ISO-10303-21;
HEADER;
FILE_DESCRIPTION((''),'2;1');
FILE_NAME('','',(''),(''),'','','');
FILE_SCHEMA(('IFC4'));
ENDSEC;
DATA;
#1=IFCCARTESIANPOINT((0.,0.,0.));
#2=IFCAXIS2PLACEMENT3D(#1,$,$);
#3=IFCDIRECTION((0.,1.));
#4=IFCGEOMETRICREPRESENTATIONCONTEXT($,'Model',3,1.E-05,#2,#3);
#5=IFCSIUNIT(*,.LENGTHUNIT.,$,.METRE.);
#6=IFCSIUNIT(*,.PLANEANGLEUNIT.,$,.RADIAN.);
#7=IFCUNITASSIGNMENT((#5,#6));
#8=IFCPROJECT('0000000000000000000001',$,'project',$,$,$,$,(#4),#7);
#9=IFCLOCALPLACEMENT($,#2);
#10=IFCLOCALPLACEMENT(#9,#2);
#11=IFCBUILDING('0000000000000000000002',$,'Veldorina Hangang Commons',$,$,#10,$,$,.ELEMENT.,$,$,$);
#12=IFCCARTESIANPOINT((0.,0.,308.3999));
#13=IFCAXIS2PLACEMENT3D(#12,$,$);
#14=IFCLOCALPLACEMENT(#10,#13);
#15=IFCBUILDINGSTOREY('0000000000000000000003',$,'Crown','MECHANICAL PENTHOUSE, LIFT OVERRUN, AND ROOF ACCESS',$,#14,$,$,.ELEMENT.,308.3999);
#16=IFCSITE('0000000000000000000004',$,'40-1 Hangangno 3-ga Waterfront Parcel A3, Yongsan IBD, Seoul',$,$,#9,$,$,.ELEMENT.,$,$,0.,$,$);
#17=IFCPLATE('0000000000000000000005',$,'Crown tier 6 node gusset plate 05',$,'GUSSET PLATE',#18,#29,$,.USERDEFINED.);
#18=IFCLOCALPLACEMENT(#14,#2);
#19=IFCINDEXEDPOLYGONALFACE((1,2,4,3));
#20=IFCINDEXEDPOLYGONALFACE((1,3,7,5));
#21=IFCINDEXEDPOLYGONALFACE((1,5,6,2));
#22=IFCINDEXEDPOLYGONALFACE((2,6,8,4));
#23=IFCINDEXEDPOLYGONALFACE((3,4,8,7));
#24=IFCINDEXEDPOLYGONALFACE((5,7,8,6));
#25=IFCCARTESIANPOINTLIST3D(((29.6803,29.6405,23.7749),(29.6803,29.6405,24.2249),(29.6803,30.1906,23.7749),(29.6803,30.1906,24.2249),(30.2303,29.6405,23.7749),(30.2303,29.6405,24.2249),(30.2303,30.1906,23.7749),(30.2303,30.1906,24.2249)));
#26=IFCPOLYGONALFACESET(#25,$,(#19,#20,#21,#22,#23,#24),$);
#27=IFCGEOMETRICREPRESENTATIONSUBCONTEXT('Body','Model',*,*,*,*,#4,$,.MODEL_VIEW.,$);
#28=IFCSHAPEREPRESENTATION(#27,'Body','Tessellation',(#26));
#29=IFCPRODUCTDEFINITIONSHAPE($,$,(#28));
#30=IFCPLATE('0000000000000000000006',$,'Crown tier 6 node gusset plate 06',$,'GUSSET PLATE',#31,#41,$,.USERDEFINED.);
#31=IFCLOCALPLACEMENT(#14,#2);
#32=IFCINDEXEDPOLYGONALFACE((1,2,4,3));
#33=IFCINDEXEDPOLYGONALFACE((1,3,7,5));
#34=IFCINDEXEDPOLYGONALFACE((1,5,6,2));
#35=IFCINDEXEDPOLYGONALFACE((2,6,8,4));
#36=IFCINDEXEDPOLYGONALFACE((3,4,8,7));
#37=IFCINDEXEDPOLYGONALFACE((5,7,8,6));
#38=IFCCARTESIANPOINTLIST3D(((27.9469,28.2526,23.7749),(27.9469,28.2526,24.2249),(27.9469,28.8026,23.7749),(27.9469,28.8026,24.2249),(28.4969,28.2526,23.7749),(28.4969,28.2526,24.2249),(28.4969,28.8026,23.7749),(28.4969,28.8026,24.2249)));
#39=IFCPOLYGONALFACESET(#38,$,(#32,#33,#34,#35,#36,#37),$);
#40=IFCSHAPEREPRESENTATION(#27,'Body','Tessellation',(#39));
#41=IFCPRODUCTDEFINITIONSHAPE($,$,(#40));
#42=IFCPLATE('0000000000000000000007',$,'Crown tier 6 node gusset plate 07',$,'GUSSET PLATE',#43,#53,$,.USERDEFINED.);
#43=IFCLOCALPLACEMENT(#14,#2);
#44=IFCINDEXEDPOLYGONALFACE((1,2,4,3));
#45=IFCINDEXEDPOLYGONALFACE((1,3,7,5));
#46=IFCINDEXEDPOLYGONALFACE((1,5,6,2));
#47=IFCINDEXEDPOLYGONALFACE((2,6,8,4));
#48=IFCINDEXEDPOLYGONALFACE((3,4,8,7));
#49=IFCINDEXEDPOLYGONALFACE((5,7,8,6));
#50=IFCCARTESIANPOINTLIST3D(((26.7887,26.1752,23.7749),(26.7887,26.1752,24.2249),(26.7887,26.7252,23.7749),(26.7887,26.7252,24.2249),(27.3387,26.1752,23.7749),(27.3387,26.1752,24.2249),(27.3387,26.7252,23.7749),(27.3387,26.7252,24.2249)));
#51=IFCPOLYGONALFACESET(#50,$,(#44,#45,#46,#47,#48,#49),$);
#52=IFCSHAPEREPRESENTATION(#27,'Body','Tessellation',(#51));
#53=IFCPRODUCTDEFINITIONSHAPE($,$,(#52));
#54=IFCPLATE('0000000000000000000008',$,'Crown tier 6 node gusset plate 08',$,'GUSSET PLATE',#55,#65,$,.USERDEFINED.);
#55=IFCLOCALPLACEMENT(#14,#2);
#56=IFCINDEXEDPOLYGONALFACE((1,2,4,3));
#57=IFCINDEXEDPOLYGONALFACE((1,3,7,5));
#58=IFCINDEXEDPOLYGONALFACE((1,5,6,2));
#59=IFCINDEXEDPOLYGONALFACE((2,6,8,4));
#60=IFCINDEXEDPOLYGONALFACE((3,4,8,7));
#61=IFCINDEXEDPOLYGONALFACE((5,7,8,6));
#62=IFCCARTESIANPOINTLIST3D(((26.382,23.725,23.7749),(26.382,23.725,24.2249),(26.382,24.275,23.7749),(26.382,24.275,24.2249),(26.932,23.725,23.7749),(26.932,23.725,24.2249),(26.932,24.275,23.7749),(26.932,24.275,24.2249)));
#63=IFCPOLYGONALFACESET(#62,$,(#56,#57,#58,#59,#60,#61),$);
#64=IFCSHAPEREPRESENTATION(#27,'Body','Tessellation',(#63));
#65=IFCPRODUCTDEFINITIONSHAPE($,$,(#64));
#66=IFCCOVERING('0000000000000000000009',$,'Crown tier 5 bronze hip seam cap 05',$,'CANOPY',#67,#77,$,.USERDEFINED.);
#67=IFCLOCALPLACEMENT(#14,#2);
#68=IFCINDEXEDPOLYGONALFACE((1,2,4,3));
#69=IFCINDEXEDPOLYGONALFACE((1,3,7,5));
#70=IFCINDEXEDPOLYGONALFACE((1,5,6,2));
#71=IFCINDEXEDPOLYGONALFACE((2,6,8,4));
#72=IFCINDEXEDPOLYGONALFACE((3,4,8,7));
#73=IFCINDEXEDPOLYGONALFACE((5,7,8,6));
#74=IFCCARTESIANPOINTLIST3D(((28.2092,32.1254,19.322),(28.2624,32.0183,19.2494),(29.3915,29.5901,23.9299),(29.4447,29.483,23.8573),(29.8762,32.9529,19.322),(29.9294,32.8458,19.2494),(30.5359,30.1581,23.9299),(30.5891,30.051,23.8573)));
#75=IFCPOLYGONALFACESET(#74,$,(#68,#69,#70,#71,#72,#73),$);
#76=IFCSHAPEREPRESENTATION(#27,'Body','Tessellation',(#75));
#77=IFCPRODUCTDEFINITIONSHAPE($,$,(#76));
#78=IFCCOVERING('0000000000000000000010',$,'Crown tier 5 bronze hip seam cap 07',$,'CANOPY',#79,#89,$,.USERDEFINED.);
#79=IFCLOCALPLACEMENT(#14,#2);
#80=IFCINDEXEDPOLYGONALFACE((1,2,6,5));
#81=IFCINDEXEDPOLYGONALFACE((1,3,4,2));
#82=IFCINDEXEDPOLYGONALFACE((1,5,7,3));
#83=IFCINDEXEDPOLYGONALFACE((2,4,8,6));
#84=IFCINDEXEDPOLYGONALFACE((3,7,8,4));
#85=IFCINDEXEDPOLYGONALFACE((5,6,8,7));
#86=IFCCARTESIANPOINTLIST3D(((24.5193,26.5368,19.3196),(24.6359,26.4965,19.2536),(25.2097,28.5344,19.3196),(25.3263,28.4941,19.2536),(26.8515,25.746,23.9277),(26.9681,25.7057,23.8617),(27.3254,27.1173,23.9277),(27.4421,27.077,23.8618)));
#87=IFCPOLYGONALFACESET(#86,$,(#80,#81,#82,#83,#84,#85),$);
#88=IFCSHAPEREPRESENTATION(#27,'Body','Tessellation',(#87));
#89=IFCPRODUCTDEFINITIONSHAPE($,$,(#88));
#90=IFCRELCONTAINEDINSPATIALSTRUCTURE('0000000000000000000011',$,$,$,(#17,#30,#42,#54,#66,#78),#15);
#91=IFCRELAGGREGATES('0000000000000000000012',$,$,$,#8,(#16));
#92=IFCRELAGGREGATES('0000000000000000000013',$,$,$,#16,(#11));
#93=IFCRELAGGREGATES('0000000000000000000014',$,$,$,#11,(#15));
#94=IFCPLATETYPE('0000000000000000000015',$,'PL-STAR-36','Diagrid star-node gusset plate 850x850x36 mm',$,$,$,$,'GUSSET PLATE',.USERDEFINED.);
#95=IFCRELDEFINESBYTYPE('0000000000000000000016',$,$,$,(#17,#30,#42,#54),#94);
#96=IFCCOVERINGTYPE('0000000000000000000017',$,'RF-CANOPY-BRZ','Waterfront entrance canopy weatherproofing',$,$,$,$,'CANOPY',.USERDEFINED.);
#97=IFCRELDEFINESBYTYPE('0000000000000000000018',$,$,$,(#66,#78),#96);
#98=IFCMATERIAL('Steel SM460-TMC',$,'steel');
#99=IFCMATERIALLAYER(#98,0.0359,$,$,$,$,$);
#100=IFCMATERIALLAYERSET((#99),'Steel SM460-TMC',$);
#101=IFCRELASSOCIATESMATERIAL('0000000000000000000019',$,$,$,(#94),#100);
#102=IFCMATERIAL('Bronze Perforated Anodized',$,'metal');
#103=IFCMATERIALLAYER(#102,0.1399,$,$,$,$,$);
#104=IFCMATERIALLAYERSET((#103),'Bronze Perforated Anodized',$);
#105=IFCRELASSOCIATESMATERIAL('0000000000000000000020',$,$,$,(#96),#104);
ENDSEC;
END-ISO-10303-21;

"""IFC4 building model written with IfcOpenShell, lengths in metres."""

from ifc_helpers import new_model, si_unit, direction, frame, origin, origin_2d, place, context, subcontext, project, spatial, polyline, rectangle, outline, extrude, material, layer, layer_set, type_object, element, save


model = new_model("IFC4")

# Units and contexts
model_context = context("Model", 3, precision=1e-05, world=origin(), true_north=direction((0.0, 1.0)))
body_context = subcontext(model_context, "Body", "Model", "MODEL_VIEW")
ifc_project = project(units=[si_unit("LENGTHUNIT", "METRE"), si_unit("PLANEANGLEUNIT", "RADIAN")], contexts=[model_context])

# Site, building, storey
site_placement = place(None, origin())
site = spatial("IfcSite", under=ifc_project, at=site_placement, Name="40-1 Hangangno 3-ga Waterfront Parcel A3, Yongsan IBD, Seoul", CompositionType="ELEMENT", RefElevation=0.0)
building_placement = place(site_placement, origin())
building = spatial("IfcBuilding", under=site, at=building_placement, Name="Veldorina Hangang Commons", CompositionType="ELEMENT")
storey_placement = place(building_placement, frame((0.0, 0.0, 308.3999)))
storey = spatial("IfcBuildingStorey", under=building, at=storey_placement, Name="Crown", Description="MECHANICAL PENTHOUSE, LIFT OVERRUN, AND ROOF ACCESS", CompositionType="ELEMENT", Elevation=308.3999)

# Shared definitions
ifc_material_1 = material(Name="Steel SM460-TMC", Category="steel")

# Plates
ifc_layer_1 = layer(ifc_material_1, 0.0359)
ifc_layer_set_1 = layer_set([ifc_layer_1], Name="Steel SM460-TMC")
plate_type_1 = type_object("IfcPlateType", Name="PL-STAR-36", Description="Diagrid star-node gusset plate 850x850x36 mm", ElementType="GUSSET PLATE", PredefinedType="USERDEFINED", material=ifc_layer_set_1)
for number, where, z_axis, x_axis, name in (
    (1, (29.9553, 29.9155, 23.7749), (0.0, 0.0, 1.0), (1.0, 0.0, 0.0), "Crown tier 6 node gusset plate 05"),
    (2, (28.2219, 28.5276, 23.7749), (0.0, 0.0, 1.0), (1.0, 0.0, 0.0), "Crown tier 6 node gusset plate 06"),
    (3, (27.0637, 26.4502, 23.7749), (0.0, 0.0, 1.0), (1.0, 0.0, 0.0), "Crown tier 6 node gusset plate 07"),
    (4, (26.657, 24.0, 23.7749), (0.0, 0.0, 1.0), (1.0, 0.0, 0.0), "Crown tier 6 node gusset plate 08"),
):
    element("IfcPlate", number, at=place(storey_placement, frame(where, z_axis=z_axis, x_axis=x_axis)), inside=storey, type_object=plate_type_1, Name=name, ObjectType="GUSSET PLATE", PredefinedType="USERDEFINED", context=body_context, shape_type="SweptSolid", body=[
        extrude(rectangle(XDim=0.55, YDim=0.55, at=origin_2d()), origin(), (0.0, 0.0, 1.0), 0.45),
    ])

# Coverings
ifc_material_2 = material(Name="Bronze Perforated Anodized", Category="metal")
ifc_layer_2 = layer(ifc_material_2, 0.1399)
ifc_layer_set_2 = layer_set([ifc_layer_2], Name="Bronze Perforated Anodized")
covering_type = type_object("IfcCoveringType", Name="RF-CANOPY-BRZ", Description="Waterfront entrance canopy weatherproofing", ElementType="CANOPY", PredefinedType="USERDEFINED", material=ifc_layer_set_2)
covering_1_placement = place(storey_placement, frame((29.8762, 32.9529, 19.322), z_axis=(-0.380101, 0.765722, 0.518838), x_axis=(-0.89572, -0.444618, -0.00002)))
element("IfcCovering", 5, at=covering_1_placement, inside=storey, type_object=covering_type, Name="Crown tier 5 bronze hip seam cap 05", ObjectType="CANOPY", PredefinedType="USERDEFINED", context=body_context, shape_type="SweptSolid", body=[
    extrude(outline(polyline([(0.0, 0.0), (1.8611, 0.0), (1.9292, 5.3901), (0.6516, 5.3901), (0.0, 0.0)])), origin(), (0.0, 0.0, -1.0), 0.1399),
])
covering_2_placement = place(storey_placement, frame((25.2097, 28.5344, 19.3196), z_axis=(-0.833584, 0.288091, 0.471319), x_axis=(-0.326653, -0.945144, -0.000012)))
element("IfcCovering", 6, at=covering_2_placement, inside=storey, type_object=covering_type, Name="Crown tier 5 bronze hip seam cap 07", ObjectType="CANOPY", PredefinedType="USERDEFINED", context=body_context, shape_type="SweptSolid", body=[
    extrude(outline(polyline([(0.0, 0.0), (2.1135, 0.0), (2.0991, 5.2249), (0.6482, 5.2249), (0.0, 0.0)])), origin(), (0.0, 0.0, -1.0), 0.1399),
])

save(model, "model.ifc")
